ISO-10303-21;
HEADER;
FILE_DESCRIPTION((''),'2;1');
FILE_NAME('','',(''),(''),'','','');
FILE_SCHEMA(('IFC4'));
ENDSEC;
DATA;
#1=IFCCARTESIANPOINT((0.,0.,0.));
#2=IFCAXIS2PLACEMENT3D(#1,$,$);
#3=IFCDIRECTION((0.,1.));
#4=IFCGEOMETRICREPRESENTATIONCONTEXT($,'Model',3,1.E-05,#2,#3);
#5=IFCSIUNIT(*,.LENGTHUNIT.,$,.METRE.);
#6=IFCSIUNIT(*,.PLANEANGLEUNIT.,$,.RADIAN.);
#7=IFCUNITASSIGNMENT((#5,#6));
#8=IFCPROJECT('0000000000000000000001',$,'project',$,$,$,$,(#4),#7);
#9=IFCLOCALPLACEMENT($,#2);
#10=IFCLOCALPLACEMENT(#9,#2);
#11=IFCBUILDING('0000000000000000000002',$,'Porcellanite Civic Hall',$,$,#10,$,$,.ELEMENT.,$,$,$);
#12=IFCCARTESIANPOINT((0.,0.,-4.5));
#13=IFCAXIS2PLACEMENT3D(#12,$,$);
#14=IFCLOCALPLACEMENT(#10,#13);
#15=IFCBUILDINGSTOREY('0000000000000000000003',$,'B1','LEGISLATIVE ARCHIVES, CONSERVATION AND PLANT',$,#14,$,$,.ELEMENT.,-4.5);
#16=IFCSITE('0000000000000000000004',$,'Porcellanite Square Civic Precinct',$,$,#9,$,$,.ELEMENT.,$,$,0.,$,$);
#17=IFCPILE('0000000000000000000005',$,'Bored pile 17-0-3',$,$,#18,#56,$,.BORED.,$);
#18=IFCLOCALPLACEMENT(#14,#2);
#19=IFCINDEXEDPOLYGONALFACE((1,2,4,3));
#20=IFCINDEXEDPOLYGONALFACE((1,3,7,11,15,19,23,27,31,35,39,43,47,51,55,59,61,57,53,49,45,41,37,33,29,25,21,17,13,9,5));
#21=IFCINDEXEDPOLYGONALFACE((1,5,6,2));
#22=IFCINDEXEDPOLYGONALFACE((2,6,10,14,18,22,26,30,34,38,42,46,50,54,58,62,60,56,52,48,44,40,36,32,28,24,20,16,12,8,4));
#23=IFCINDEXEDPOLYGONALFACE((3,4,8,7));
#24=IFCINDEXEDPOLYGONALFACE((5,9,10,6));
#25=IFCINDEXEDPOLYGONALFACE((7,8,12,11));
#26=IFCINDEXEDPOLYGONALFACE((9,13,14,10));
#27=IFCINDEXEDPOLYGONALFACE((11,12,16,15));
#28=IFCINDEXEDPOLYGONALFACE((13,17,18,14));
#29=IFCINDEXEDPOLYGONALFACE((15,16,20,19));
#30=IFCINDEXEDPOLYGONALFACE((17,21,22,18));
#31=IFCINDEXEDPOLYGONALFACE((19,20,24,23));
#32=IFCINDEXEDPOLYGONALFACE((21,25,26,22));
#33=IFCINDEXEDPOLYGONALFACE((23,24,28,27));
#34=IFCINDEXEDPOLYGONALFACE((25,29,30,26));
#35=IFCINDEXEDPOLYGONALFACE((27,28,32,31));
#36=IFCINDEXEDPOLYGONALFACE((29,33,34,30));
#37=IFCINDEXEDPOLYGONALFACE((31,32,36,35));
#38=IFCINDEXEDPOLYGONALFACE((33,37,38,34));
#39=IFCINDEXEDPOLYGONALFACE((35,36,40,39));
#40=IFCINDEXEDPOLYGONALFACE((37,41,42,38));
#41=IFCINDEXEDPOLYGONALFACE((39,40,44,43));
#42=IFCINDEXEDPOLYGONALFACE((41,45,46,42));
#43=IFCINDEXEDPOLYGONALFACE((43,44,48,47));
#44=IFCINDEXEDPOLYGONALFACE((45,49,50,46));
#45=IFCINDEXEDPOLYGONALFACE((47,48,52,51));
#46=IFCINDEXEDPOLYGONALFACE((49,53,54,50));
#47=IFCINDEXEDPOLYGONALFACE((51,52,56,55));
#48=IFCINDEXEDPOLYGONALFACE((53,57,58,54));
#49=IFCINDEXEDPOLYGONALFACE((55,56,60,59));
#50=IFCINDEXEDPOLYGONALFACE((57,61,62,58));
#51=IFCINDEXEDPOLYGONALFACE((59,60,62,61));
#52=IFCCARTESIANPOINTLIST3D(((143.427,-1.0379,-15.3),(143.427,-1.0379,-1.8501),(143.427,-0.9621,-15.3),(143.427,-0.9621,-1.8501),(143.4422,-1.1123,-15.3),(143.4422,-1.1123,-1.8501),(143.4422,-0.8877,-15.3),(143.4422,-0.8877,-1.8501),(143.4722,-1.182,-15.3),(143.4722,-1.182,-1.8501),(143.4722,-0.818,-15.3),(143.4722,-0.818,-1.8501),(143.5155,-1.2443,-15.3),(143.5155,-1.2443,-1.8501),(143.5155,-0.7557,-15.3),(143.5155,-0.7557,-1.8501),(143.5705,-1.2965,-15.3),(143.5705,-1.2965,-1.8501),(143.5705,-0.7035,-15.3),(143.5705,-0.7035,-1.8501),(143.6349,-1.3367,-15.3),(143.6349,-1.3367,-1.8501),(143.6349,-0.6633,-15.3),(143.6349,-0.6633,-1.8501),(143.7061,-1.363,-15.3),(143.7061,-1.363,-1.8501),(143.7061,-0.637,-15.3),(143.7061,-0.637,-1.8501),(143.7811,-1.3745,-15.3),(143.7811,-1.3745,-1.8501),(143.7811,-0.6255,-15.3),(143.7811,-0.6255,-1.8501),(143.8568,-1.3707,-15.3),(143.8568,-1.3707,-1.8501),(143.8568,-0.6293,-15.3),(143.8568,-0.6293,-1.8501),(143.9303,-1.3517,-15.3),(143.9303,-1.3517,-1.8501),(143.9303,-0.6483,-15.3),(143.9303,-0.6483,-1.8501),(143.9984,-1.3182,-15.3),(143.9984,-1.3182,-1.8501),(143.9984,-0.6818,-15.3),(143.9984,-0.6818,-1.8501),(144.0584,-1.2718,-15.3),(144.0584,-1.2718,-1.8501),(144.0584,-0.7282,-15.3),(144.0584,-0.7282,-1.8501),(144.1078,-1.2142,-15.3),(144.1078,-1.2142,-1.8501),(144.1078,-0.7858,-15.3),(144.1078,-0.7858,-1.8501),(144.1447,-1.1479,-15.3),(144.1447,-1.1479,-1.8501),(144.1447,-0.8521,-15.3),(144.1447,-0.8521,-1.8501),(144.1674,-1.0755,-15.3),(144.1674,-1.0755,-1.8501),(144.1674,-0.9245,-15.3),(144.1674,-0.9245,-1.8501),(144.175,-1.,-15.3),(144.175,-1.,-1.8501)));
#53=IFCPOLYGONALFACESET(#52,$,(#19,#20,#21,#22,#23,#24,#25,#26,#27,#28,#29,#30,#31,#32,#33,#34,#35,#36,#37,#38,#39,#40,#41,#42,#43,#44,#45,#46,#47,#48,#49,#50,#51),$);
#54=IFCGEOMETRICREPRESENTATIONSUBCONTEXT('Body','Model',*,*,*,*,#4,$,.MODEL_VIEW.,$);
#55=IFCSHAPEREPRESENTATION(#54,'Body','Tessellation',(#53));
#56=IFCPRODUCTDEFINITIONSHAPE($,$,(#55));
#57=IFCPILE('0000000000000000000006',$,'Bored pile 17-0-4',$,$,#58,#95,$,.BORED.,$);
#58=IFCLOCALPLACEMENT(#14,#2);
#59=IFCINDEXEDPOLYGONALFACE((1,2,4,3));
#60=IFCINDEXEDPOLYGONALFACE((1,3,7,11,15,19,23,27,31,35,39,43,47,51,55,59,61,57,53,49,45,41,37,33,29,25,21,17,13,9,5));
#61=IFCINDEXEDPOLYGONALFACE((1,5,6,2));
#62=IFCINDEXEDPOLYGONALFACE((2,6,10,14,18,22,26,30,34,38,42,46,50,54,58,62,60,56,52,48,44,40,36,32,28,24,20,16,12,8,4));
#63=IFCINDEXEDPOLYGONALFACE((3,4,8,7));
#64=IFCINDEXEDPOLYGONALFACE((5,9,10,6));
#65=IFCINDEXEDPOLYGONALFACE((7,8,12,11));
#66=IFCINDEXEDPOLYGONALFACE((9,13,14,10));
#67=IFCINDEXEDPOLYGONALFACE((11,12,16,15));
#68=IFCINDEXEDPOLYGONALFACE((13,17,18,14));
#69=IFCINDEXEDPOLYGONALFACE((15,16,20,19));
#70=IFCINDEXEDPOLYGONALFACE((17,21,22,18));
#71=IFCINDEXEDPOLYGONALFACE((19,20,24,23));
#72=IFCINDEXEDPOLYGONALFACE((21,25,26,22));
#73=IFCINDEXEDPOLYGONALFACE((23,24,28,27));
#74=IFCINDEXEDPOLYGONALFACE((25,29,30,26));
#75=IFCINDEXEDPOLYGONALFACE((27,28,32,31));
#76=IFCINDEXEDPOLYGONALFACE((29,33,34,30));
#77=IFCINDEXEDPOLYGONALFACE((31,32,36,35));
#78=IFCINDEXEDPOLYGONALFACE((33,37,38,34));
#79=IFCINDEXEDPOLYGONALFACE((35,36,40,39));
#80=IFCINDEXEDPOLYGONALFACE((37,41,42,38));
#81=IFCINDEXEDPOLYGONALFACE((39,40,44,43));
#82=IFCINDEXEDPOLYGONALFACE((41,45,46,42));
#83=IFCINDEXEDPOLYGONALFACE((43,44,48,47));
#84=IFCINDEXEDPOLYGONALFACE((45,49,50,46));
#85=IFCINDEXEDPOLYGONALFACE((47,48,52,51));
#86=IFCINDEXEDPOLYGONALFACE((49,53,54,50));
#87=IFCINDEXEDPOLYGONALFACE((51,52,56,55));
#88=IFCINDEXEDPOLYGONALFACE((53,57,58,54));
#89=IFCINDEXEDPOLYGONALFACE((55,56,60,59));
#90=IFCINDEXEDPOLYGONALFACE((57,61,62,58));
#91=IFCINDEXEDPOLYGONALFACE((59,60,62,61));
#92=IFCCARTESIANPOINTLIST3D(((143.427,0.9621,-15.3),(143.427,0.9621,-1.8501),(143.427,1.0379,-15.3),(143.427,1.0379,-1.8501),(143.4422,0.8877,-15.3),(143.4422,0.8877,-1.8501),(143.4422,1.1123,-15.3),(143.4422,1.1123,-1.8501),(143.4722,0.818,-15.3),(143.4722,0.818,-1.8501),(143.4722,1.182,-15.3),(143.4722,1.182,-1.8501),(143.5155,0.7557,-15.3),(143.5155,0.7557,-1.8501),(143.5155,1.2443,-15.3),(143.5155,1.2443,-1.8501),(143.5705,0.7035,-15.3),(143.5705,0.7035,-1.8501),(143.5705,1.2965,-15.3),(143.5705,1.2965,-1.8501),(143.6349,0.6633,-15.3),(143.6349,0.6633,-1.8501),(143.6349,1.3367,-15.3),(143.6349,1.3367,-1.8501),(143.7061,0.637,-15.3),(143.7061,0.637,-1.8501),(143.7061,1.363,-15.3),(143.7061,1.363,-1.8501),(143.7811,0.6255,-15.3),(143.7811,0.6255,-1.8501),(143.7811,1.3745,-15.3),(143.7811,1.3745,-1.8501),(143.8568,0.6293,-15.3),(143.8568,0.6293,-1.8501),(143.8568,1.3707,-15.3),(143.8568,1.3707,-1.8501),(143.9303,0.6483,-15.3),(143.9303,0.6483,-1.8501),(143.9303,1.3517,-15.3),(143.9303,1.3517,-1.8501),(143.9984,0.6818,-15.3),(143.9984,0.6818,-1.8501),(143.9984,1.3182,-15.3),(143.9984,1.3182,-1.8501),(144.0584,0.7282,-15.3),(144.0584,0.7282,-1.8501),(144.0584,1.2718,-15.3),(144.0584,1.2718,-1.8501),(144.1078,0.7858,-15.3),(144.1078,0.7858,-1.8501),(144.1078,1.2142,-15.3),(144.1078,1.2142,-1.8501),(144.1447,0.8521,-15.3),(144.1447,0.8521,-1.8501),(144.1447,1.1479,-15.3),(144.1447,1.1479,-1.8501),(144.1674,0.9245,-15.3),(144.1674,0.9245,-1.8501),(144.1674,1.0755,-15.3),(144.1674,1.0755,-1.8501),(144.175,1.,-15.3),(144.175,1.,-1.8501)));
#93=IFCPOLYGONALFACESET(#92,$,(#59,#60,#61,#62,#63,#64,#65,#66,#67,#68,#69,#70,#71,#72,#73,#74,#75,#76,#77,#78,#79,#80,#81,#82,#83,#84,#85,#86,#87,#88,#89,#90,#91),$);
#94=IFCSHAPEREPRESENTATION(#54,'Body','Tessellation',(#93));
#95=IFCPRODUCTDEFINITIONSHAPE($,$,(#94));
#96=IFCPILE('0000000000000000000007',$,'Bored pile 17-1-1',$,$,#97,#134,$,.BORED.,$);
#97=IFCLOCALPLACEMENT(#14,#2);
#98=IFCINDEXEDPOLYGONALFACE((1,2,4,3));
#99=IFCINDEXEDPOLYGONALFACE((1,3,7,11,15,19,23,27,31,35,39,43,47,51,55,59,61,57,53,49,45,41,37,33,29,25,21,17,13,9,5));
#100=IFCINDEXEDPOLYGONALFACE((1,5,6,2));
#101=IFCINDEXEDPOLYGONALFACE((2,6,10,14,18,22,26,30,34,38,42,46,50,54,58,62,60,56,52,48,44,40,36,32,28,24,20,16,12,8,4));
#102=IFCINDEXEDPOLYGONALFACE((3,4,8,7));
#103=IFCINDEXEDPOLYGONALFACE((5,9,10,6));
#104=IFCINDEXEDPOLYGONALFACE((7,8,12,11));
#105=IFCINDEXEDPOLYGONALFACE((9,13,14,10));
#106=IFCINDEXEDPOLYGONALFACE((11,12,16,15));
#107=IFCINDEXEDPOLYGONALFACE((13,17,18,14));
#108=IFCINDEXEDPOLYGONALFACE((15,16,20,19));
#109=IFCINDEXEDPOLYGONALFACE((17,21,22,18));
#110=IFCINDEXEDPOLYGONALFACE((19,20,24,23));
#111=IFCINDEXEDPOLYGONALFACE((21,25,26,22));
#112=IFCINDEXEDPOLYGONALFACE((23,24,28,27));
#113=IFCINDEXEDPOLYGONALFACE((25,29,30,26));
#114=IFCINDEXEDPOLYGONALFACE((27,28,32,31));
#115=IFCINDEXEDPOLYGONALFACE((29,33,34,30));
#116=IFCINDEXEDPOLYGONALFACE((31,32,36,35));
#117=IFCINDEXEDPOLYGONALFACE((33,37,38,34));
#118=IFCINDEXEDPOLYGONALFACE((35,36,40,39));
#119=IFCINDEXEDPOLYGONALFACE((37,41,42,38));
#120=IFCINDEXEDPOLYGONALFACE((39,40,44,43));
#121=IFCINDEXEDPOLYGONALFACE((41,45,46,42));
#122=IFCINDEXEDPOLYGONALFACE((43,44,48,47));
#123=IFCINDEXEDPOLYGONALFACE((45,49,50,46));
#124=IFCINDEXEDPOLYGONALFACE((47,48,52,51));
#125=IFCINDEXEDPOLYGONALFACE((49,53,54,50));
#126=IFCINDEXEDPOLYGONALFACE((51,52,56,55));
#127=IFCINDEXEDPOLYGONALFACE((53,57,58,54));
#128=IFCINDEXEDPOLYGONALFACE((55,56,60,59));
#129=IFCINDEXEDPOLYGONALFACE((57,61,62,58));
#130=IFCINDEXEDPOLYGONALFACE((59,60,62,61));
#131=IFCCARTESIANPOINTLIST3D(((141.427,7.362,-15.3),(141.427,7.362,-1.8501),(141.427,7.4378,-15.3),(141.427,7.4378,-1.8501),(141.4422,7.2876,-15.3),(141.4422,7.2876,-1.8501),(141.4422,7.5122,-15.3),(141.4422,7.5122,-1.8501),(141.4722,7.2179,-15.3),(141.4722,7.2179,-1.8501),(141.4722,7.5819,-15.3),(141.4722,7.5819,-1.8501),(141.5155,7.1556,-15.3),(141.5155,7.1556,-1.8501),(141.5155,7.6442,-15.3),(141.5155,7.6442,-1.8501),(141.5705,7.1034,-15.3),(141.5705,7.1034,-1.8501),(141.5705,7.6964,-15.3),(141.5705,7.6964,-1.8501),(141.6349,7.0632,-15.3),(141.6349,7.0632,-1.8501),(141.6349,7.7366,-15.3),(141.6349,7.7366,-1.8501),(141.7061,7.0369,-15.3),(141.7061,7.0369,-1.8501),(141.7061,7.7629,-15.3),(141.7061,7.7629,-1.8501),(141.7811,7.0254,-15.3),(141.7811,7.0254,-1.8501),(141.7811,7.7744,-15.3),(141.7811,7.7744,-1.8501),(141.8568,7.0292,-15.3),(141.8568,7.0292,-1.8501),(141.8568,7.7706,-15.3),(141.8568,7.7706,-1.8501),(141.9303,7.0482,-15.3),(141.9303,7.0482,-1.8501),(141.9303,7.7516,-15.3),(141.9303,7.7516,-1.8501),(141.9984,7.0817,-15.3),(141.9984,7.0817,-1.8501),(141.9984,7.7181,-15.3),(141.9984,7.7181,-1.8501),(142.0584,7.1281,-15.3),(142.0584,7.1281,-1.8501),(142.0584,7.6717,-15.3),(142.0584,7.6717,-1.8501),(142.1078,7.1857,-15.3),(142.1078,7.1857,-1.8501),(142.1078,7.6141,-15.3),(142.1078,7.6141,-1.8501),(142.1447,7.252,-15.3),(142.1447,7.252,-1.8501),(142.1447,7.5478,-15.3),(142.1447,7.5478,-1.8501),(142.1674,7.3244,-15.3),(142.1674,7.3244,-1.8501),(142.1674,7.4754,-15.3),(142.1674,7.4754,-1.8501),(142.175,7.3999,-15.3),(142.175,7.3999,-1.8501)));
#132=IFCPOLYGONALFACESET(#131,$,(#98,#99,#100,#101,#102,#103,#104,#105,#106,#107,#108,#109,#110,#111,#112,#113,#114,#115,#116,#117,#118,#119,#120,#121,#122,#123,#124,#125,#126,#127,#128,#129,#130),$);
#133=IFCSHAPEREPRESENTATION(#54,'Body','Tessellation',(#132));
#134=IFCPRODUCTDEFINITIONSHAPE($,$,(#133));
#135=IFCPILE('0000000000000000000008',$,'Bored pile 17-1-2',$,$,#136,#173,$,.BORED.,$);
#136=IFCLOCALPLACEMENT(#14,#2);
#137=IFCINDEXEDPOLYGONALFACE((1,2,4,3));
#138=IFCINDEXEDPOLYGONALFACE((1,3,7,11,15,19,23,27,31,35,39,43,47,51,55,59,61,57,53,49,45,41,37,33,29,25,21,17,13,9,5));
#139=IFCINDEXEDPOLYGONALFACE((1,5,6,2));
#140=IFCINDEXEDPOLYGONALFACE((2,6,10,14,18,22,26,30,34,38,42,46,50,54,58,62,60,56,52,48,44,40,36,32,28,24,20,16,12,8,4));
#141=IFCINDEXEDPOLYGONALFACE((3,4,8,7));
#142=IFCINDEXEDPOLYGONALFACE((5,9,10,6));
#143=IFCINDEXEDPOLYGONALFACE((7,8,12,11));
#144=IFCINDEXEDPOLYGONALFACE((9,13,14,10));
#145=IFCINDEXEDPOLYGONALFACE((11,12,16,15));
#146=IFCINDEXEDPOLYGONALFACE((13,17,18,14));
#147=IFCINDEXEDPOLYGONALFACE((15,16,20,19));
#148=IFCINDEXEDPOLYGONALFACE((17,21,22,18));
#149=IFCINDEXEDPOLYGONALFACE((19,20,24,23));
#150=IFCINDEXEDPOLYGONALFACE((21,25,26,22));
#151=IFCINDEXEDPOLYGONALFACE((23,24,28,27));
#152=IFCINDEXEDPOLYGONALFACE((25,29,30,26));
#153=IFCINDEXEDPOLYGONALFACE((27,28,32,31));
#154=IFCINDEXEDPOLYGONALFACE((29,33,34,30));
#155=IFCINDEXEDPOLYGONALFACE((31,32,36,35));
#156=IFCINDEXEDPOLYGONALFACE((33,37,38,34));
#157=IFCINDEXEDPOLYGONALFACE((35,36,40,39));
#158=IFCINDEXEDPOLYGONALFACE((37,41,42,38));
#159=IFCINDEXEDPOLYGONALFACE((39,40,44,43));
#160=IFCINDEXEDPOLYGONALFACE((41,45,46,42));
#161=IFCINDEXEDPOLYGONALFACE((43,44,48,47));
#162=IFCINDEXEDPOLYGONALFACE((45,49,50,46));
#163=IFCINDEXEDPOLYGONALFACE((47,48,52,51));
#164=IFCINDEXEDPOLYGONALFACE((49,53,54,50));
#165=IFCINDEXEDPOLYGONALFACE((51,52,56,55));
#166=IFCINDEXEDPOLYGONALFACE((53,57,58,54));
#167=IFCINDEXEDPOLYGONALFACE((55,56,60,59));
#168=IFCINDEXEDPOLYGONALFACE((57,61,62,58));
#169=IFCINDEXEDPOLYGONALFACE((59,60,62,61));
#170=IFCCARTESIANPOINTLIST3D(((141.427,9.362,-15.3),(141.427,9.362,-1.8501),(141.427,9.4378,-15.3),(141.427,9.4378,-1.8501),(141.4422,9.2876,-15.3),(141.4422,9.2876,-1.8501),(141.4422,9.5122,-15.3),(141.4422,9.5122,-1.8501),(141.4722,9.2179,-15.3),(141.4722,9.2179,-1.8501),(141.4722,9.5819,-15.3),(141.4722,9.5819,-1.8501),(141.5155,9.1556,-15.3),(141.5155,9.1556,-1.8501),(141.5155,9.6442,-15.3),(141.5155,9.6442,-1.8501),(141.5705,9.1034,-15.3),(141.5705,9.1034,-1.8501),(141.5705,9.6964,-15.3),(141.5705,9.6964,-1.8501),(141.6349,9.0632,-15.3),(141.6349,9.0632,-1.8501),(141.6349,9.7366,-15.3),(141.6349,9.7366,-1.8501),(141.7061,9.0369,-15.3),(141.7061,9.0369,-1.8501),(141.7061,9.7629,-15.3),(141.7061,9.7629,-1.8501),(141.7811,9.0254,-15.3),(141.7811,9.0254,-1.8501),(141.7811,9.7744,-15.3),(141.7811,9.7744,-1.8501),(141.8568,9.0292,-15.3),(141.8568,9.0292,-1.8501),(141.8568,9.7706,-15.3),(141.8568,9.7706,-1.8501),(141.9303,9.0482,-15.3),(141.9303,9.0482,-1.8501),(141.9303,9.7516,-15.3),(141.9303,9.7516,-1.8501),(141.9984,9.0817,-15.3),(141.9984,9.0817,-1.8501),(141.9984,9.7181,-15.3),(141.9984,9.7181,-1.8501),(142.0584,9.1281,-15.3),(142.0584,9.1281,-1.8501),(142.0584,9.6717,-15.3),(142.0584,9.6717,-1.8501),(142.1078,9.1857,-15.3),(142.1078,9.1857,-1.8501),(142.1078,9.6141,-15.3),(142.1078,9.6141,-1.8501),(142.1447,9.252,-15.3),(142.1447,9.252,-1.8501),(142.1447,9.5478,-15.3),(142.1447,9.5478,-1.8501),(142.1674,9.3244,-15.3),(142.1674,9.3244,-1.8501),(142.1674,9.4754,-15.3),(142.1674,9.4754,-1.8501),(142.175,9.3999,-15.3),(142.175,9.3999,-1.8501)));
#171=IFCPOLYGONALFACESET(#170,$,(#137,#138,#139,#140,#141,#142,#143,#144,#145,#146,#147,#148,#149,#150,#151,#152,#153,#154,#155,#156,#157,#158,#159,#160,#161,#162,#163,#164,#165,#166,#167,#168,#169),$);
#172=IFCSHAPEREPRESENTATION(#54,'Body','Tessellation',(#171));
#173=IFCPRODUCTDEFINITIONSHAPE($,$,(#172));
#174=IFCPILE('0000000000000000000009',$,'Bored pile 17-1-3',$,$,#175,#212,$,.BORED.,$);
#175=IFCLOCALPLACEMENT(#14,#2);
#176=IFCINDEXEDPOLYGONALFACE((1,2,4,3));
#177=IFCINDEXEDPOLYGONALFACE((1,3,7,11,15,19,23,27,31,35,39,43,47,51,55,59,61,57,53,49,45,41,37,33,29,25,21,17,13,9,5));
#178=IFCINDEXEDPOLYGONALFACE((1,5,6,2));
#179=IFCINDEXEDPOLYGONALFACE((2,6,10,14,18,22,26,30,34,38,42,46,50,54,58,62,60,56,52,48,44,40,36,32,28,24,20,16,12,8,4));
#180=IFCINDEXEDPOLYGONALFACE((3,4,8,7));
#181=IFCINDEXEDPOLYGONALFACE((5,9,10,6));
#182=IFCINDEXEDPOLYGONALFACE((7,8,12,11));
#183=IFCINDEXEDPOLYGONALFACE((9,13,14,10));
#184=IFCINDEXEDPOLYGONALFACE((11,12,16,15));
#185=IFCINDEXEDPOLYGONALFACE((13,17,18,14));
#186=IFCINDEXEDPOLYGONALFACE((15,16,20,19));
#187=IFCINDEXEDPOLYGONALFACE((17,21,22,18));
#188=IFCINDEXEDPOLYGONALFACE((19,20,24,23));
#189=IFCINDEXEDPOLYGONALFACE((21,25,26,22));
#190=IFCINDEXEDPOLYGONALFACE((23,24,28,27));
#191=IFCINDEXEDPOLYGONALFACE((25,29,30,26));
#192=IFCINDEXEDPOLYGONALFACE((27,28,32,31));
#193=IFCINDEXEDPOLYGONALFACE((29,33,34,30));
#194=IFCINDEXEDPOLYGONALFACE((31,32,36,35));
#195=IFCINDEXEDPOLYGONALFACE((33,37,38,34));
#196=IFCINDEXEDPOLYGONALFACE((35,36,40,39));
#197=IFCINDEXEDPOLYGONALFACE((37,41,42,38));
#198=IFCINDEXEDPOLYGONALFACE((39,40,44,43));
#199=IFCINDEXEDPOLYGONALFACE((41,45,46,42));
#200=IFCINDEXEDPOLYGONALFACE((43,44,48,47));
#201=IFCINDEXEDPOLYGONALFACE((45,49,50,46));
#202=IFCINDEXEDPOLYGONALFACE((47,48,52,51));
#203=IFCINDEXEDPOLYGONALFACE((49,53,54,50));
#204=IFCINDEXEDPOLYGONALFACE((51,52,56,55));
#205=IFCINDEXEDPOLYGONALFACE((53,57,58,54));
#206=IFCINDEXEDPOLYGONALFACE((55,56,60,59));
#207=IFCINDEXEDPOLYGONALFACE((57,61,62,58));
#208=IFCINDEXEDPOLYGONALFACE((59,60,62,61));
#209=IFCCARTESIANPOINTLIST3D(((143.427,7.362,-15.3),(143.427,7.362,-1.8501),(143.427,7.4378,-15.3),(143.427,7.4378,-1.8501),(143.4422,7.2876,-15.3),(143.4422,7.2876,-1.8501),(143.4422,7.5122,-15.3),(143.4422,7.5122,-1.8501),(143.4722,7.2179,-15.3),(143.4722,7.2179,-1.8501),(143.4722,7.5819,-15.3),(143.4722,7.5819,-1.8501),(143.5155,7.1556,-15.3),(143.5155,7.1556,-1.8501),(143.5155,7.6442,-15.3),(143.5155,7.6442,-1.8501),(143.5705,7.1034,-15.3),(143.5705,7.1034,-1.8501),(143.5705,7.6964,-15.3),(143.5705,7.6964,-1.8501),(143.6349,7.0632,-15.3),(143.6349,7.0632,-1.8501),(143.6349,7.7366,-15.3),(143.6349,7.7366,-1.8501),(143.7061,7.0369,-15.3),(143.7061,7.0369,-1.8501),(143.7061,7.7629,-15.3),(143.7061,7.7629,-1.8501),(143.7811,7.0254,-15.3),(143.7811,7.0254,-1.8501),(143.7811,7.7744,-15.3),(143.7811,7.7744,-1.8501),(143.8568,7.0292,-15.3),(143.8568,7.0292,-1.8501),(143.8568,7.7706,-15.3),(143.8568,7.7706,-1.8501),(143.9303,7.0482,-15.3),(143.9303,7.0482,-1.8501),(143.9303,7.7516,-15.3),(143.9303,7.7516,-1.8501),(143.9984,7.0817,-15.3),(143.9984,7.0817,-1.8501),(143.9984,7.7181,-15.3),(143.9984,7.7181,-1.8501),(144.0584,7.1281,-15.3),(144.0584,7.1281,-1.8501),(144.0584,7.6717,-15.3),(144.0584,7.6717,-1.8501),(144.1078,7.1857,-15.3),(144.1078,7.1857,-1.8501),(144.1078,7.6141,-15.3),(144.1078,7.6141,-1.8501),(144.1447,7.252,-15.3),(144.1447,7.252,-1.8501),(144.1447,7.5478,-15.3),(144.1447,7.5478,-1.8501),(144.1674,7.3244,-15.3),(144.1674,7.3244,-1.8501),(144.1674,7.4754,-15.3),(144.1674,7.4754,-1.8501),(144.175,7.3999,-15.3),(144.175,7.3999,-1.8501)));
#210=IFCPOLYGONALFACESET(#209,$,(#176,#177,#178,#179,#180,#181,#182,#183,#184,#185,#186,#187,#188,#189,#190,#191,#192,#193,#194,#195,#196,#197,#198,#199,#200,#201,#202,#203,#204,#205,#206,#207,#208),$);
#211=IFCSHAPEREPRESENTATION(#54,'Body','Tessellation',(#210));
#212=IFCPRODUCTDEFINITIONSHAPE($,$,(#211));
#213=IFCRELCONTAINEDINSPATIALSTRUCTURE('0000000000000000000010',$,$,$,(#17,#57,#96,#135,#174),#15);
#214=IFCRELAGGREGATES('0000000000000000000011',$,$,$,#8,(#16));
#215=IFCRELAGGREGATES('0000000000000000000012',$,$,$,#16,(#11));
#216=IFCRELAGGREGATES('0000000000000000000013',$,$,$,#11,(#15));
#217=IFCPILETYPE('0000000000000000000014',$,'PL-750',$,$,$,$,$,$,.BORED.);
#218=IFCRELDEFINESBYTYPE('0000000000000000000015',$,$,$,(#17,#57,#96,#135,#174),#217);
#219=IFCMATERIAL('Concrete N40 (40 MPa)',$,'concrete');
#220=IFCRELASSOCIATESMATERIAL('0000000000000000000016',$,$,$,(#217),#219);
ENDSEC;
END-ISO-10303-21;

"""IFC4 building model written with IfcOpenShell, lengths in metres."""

from ifc_helpers import new_model, si_unit, direction, frame, origin, origin_2d, place, context, subcontext, project, spatial, circle, extrude, material, material_profile, profile_set, type_object, element, save


model = new_model("IFC4")

# Units and contexts
model_context = context("Model", 3, precision=1e-05, world=origin(), true_north=direction((0.0, 1.0)))
body_context = subcontext(model_context, "Body", "Model", "MODEL_VIEW")
ifc_project = project(units=[si_unit("LENGTHUNIT", "METRE"), si_unit("PLANEANGLEUNIT", "RADIAN")], contexts=[model_context])

# Site, building, storey
site_placement = place(None, origin())
site = spatial("IfcSite", under=ifc_project, at=site_placement, Name="Porcellanite Square Civic Precinct", CompositionType="ELEMENT", RefElevation=0.0)
building_placement = place(site_placement, origin())
building = spatial("IfcBuilding", under=site, at=building_placement, Name="Porcellanite Civic Hall", CompositionType="ELEMENT")
storey_placement = place(building_placement, frame((0.0, 0.0, -4.5)))
storey = spatial("IfcBuildingStorey", under=building, at=storey_placement, Name="B1", Description="LEGISLATIVE ARCHIVES, CONSERVATION AND PLANT", CompositionType="ELEMENT", Elevation=-4.5)

# Piles
ifc_material_1 = material(Name="Concrete N40 (40 MPa)", Category="concrete")
ifc_material_profile_1 = material_profile(ifc_material_1, circle(Radius=0.375, at=origin_2d()), Name="PILE-D750")
ifc_profile_set_1 = profile_set([ifc_material_profile_1], Name="Concrete N40 (40 MPa)")
pile_type_1 = type_object("IfcPileType", Name="PL-750", PredefinedType="BORED", material=ifc_profile_set_1)
for number, where, z_axis, x_axis, name in (
    (1, (143.8, -1.0, -1.8501), (0.0, 0.0, -1.0), (1.0, 0.0, 0.0), "Bored pile 17-0-3"),
    (2, (143.8, 1.0, -1.8501), (0.0, 0.0, -1.0), (1.0, 0.0, 0.0), "Bored pile 17-0-4"),
    (3, (141.8, 7.3999, -1.8501), (0.0, 0.0, -1.0), (1.0, 0.0, 0.0), "Bored pile 17-1-1"),
    (4, (141.8, 9.3999, -1.8501), (0.0, 0.0, -1.0), (1.0, 0.0, 0.0), "Bored pile 17-1-2"),
    (5, (143.8, 7.3999, -1.8501), (0.0, 0.0, -1.0), (1.0, 0.0, 0.0), "Bored pile 17-1-3"),
):
    element("IfcPile", number, at=place(storey_placement, frame(where, z_axis=z_axis, x_axis=x_axis)), inside=storey, type_object=pile_type_1, Name=name, PredefinedType="BORED", context=body_context, shape_type="SweptSolid", body=[
        extrude(circle(Radius=0.375, at=origin_2d()), origin(), (0.0, 0.0, 1.0), 13.45),
    ])

save(model, "model.ifc")
